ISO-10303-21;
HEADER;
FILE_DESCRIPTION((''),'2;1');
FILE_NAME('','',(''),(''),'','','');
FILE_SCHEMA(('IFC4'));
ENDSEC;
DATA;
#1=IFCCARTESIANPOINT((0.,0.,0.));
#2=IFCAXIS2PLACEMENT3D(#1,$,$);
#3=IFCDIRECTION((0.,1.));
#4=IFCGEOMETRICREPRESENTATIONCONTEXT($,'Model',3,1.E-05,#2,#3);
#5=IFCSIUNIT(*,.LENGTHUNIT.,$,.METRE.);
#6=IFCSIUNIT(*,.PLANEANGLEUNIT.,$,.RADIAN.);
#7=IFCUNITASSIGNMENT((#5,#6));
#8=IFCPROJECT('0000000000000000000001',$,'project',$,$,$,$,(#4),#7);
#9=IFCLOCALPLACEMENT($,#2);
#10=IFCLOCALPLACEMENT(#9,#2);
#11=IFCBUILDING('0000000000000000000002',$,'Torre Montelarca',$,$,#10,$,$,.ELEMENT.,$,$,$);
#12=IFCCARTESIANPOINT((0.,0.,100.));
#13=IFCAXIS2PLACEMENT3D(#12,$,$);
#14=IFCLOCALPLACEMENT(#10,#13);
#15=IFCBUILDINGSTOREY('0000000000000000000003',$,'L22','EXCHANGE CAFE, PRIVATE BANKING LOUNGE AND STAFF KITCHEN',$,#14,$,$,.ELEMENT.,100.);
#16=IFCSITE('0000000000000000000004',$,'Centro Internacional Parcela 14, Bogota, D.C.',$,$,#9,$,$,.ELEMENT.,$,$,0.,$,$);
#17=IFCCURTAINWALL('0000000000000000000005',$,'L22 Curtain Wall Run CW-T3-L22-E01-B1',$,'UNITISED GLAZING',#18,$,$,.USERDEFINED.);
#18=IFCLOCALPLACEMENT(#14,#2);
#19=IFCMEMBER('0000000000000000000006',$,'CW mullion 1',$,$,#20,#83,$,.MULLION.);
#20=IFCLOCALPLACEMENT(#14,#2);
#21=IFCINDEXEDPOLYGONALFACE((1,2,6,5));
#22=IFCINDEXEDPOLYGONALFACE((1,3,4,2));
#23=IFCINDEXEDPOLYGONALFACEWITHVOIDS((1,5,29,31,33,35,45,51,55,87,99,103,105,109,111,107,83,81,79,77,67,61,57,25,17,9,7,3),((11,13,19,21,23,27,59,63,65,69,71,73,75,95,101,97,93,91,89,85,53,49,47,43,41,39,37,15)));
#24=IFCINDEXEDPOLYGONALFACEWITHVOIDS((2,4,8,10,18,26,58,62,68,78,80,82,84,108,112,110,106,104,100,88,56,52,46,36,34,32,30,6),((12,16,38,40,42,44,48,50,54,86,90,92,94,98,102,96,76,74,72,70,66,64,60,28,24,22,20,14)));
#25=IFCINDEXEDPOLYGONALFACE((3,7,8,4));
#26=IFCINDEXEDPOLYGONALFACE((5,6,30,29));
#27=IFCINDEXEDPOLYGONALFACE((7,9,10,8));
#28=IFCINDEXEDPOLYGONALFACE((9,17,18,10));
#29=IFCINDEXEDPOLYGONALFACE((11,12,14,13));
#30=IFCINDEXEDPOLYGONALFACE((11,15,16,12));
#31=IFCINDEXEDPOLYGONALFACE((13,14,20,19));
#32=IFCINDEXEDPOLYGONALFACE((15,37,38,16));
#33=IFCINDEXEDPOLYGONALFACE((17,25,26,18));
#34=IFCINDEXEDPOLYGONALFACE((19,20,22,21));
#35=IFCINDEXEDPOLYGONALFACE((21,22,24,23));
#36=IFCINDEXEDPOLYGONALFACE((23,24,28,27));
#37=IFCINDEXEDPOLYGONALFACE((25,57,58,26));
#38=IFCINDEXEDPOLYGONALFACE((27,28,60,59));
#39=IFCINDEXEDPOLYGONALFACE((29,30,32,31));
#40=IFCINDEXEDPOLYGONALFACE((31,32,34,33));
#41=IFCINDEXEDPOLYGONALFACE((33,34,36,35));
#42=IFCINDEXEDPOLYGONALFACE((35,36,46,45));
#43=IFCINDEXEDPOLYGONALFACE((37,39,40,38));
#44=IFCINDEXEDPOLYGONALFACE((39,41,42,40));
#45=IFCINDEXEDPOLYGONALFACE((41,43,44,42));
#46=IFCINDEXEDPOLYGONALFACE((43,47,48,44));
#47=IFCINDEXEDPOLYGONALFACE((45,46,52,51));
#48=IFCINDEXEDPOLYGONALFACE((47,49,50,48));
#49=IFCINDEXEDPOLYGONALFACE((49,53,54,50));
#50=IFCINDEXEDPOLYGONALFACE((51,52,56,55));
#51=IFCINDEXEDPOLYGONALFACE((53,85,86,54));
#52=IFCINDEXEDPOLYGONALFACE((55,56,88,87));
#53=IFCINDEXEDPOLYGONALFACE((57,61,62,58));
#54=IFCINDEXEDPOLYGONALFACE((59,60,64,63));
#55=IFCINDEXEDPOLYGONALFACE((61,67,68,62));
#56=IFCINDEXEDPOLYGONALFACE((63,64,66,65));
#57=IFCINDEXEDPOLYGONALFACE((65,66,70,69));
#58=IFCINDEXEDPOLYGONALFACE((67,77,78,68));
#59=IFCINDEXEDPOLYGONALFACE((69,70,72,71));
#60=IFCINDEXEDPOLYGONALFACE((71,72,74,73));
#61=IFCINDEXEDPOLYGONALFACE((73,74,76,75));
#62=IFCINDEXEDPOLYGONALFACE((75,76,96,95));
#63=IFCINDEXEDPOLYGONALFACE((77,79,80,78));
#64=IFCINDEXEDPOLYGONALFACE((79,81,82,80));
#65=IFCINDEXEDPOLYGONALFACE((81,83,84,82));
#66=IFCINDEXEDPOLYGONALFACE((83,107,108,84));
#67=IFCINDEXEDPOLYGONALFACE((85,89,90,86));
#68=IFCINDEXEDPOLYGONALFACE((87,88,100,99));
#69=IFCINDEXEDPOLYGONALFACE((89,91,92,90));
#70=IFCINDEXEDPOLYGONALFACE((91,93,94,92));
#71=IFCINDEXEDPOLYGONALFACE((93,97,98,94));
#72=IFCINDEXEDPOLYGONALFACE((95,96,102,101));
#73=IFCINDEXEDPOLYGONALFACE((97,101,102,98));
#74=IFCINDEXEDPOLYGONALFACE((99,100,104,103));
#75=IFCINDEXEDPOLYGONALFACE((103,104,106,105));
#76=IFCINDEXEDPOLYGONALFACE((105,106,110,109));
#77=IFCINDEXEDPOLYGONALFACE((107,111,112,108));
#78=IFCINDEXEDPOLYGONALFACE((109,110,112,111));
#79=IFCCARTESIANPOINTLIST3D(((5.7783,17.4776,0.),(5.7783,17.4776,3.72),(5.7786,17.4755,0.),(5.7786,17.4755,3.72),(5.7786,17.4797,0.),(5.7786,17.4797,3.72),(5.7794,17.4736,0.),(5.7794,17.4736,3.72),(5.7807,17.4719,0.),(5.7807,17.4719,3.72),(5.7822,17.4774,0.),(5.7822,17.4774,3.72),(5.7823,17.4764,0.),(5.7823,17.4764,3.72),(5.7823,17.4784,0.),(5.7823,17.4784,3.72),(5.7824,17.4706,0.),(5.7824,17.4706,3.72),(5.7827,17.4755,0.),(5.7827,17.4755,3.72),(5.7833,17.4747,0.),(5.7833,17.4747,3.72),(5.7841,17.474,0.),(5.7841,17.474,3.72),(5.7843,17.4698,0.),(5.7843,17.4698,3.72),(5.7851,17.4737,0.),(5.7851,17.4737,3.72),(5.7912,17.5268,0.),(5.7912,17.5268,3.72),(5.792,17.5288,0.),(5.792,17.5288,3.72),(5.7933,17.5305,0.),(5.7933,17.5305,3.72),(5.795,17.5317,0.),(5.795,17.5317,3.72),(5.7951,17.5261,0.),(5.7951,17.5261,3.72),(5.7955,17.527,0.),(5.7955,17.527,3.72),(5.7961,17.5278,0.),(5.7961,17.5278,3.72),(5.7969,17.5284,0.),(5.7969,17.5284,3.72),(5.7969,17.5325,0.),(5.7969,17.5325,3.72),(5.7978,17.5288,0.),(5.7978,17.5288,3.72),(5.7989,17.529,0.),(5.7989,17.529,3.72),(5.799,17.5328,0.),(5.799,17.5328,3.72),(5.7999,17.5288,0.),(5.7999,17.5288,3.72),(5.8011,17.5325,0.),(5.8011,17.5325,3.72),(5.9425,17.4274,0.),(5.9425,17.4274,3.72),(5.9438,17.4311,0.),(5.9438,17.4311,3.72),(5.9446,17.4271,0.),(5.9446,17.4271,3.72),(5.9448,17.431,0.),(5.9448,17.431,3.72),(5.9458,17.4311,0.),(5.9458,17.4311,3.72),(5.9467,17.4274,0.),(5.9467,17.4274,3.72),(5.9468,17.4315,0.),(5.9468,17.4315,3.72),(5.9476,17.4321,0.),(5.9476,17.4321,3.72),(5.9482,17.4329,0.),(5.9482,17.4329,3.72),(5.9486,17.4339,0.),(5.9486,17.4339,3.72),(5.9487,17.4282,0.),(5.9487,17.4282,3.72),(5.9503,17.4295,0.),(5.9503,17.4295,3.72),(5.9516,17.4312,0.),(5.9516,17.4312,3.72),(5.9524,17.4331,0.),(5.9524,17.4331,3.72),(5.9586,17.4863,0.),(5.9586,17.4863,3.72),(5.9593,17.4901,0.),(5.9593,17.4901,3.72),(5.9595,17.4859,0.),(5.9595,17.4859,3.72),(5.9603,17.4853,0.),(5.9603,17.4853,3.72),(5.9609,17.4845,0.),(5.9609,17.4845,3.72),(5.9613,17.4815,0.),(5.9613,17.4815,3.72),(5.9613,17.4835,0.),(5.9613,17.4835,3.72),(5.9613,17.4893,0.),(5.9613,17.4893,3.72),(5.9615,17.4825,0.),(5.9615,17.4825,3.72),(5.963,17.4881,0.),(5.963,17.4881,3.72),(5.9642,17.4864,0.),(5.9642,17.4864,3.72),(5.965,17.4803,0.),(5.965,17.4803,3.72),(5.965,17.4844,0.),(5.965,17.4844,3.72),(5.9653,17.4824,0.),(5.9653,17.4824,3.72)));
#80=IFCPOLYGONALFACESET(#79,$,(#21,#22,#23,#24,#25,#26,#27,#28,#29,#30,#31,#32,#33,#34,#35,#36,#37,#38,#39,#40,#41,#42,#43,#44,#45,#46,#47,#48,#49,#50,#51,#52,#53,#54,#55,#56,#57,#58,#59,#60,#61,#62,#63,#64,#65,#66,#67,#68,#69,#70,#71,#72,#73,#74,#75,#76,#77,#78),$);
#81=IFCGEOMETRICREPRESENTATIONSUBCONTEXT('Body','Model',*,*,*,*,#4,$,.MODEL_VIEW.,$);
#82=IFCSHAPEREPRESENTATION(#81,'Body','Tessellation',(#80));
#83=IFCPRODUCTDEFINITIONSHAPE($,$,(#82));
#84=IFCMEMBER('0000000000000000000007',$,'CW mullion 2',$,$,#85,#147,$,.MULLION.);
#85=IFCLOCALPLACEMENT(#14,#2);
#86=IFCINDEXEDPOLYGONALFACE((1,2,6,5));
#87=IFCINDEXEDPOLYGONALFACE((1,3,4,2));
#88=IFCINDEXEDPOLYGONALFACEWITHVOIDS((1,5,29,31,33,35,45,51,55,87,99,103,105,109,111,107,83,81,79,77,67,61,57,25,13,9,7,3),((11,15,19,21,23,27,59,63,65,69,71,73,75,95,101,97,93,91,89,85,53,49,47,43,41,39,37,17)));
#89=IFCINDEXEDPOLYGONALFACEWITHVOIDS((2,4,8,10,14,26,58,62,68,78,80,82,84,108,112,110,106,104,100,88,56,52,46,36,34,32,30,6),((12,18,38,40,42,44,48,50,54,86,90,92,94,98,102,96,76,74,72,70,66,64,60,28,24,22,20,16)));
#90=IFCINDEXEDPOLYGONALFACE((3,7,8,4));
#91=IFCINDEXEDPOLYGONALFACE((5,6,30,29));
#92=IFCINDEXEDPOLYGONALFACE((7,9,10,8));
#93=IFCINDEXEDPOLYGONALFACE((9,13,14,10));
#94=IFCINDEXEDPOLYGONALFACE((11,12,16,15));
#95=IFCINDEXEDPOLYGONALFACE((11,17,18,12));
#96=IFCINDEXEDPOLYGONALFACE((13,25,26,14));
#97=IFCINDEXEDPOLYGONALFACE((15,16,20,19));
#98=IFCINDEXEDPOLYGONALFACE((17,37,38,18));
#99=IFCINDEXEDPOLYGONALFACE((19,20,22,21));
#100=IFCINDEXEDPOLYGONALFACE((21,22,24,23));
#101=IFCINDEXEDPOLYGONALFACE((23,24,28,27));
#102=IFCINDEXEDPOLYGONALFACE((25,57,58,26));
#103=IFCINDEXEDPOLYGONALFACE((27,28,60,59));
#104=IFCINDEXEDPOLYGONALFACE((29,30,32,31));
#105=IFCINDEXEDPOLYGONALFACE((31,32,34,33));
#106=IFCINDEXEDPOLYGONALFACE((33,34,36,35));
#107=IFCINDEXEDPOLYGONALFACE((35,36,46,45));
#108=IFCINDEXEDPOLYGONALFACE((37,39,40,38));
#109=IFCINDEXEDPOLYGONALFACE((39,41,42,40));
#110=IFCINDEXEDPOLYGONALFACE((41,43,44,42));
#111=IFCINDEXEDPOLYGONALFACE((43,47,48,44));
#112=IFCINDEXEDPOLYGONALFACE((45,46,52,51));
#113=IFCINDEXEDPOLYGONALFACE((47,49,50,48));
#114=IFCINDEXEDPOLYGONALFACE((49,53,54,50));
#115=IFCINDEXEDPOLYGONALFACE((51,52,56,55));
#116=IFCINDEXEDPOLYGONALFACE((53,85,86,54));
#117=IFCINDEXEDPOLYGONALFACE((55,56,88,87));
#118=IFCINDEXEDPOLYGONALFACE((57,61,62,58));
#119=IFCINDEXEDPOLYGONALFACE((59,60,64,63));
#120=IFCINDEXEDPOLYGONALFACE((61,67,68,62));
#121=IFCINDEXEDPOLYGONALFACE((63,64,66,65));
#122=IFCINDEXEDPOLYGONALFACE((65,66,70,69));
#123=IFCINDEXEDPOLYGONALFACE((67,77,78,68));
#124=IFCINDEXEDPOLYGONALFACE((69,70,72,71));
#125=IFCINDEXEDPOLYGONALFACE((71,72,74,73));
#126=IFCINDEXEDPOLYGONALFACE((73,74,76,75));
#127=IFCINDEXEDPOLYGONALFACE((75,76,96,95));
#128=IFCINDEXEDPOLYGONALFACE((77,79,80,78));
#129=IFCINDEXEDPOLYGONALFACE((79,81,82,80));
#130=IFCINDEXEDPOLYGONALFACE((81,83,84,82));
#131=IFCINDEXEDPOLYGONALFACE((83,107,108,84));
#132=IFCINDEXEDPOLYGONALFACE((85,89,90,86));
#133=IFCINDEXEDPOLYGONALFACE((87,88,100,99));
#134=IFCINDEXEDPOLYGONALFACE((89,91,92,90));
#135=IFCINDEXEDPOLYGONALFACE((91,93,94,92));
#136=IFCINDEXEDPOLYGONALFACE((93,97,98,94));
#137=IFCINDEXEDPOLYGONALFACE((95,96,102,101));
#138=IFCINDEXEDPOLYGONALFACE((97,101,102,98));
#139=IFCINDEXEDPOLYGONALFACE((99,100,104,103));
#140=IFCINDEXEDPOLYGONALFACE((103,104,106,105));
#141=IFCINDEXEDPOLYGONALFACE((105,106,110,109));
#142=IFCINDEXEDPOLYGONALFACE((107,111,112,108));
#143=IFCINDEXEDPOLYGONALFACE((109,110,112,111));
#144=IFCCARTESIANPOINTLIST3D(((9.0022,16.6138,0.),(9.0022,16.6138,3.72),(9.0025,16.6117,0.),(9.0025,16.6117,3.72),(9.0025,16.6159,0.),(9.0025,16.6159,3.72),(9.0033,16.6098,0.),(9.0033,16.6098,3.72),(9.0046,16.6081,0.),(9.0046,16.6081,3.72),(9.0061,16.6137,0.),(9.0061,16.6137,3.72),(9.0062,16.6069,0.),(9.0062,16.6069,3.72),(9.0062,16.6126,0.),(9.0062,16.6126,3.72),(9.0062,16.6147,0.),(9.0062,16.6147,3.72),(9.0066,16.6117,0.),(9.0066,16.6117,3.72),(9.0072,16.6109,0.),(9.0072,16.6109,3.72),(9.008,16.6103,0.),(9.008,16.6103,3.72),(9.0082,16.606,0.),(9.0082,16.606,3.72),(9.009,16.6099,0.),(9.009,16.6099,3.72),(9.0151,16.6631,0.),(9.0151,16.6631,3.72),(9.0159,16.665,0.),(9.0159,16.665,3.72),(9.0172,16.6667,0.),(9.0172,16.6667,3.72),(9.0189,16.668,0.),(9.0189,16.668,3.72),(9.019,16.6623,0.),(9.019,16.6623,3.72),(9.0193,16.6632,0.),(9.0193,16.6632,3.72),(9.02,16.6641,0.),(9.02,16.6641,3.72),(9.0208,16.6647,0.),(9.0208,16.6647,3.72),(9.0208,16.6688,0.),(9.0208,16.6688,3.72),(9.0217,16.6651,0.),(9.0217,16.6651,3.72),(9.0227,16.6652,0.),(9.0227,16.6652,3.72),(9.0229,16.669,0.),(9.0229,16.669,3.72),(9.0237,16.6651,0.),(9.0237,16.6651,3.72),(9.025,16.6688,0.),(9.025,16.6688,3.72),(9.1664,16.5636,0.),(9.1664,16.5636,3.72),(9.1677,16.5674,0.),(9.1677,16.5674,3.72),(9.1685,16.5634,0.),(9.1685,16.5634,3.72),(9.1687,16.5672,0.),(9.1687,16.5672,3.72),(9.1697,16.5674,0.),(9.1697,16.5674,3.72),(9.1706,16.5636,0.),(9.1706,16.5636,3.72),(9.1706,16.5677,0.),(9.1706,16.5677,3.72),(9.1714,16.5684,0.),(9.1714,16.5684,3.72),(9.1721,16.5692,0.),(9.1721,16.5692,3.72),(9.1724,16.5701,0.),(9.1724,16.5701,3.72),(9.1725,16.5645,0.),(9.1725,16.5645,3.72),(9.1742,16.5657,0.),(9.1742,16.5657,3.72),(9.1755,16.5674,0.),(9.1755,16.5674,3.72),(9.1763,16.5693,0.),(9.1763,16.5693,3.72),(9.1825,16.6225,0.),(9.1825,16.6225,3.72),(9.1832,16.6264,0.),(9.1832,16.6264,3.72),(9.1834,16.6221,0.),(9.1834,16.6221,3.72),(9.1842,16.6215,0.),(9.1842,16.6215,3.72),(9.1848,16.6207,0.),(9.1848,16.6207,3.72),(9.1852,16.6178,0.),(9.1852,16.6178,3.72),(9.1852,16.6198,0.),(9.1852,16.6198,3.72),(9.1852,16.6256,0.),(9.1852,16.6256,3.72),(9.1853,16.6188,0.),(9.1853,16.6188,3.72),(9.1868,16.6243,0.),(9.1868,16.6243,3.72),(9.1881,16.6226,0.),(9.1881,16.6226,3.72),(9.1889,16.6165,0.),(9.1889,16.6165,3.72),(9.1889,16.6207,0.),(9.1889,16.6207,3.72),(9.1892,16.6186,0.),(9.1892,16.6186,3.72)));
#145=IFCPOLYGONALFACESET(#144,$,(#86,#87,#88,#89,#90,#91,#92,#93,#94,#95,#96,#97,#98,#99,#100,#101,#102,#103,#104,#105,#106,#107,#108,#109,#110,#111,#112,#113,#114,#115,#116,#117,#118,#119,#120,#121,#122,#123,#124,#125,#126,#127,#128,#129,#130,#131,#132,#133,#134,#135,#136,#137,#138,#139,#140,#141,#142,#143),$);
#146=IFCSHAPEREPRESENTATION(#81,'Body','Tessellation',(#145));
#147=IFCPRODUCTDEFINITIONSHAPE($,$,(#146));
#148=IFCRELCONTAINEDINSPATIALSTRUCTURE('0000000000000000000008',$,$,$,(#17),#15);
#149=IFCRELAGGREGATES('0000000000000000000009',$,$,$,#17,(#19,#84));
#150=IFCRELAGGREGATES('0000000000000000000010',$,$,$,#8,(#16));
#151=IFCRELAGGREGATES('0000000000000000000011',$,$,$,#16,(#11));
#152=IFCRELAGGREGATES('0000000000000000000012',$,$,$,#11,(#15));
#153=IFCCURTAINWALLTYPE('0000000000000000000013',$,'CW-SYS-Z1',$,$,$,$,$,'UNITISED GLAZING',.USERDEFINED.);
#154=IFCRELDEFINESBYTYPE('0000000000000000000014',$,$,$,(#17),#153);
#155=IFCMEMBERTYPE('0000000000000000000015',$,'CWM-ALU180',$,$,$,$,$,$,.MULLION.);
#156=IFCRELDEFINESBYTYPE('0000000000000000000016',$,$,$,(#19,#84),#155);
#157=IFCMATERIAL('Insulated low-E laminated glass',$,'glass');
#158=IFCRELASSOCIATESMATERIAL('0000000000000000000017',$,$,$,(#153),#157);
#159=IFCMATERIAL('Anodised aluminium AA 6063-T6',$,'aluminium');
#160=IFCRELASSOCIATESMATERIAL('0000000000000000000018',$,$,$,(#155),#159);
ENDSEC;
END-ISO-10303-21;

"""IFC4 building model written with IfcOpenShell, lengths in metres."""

from ifc_helpers import new_model, si_unit, direction, frame, origin, origin_2d, place, context, subcontext, project, spatial, hollow_rectangle, extrude, source, transform, mapped, material, material_profile, profile_set, type_object, element, aggregate, save


model = new_model("IFC4")

# Units and contexts
model_context = context("Model", 3, precision=1e-05, world=origin(), true_north=direction((0.0, 1.0)))
body_context = subcontext(model_context, "Body", "Model", "MODEL_VIEW")
ifc_project = project(units=[si_unit("LENGTHUNIT", "METRE"), si_unit("PLANEANGLEUNIT", "RADIAN")], contexts=[model_context])

# Site, building, storey
site_placement = place(None, origin())
site = spatial("IfcSite", under=ifc_project, at=site_placement, Name="Centro Internacional Parcela 14, Bogota, D.C.", CompositionType="ELEMENT", RefElevation=0.0)
building_placement = place(site_placement, origin())
building = spatial("IfcBuilding", under=site, at=building_placement, Name="Torre Montelarca", CompositionType="ELEMENT")
storey_placement = place(building_placement, frame((0.0, 0.0, 100.0)))
storey = spatial("IfcBuildingStorey", under=building, at=storey_placement, Name="L22", Description="EXCHANGE CAFE, PRIVATE BANKING LOUNGE AND STAFF KITCHEN", CompositionType="ELEMENT", Elevation=100.0)

# Curtain wall
ifc_material_1 = material(Name="Insulated low-E laminated glass", Category="glass")
curtain_wall_type = type_object("IfcCurtainWallType", Name="CW-SYS-Z1", ElementType="UNITISED GLAZING", PredefinedType="USERDEFINED", material=ifc_material_1)
curtain_wall_1_placement = place(storey_placement, origin())
curtain_wall_1 = element("IfcCurtainWall", 1, at=curtain_wall_1_placement, inside=storey, type_object=curtain_wall_type, Name="L22 Curtain Wall Run CW-T3-L22-E01-B1", ObjectType="UNITISED GLAZING", PredefinedType="USERDEFINED")
ifc_material_2 = material(Name="Anodised aluminium AA 6063-T6", Category="aluminium")

# Members
ifc_material_profile_1 = material_profile(ifc_material_2, hollow_rectangle(XDim=0.0649, YDim=0.1799, WallThickness=0.0039, InnerFilletRadius=0.0039, OuterFilletRadius=0.0081, at=origin_2d()), Name="ALU65X180X4", Category="aluminium")
ifc_profile_set_1 = profile_set([ifc_material_profile_1], Name="Anodised aluminium AA 6063-T6")
member_type_1 = type_object("IfcMemberType", Name="CWM-ALU180", PredefinedType="MULLION", material=ifc_profile_set_1)
shared_shape_1 = source(origin(), body_context, "Body", "SweptSolid", [
    extrude(hollow_rectangle(XDim=0.0649, YDim=0.1799, WallThickness=0.0039, InnerFilletRadius=0.0039, OuterFilletRadius=0.0081, at=origin_2d()), origin(), (0.0, 0.0, 1.0), 3.72),
])
member_1_placement = place(storey_placement, frame((5.8718, 17.48, 0.0), z_axis=(0.0, 0.0, 1.0), x_axis=(0.258825, 0.965924, 0.0)))
member_1 = element("IfcMember", 2, at=member_1_placement, type_object=member_type_1, Name="CW mullion 1", PredefinedType="MULLION", context=body_context, shape_type="MappedRepresentation", body=[
    mapped(shared_shape_1, transform((0.0, 0.0, 0.0), scale=1.0)),
])
member_2_placement = place(storey_placement, frame((9.0957, 16.6162, 0.0), z_axis=(0.0, 0.0, 1.0), x_axis=(0.258825, 0.965924, 0.0)))
member_2 = element("IfcMember", 3, at=member_2_placement, type_object=member_type_1, Name="CW mullion 2", PredefinedType="MULLION", context=body_context, shape_type="MappedRepresentation", body=[
    mapped(shared_shape_1, transform((0.0, 0.0, 0.0), scale=1.0)),
])

aggregate(curtain_wall_1, [member_1, member_2])

save(model, "model.ifc")
